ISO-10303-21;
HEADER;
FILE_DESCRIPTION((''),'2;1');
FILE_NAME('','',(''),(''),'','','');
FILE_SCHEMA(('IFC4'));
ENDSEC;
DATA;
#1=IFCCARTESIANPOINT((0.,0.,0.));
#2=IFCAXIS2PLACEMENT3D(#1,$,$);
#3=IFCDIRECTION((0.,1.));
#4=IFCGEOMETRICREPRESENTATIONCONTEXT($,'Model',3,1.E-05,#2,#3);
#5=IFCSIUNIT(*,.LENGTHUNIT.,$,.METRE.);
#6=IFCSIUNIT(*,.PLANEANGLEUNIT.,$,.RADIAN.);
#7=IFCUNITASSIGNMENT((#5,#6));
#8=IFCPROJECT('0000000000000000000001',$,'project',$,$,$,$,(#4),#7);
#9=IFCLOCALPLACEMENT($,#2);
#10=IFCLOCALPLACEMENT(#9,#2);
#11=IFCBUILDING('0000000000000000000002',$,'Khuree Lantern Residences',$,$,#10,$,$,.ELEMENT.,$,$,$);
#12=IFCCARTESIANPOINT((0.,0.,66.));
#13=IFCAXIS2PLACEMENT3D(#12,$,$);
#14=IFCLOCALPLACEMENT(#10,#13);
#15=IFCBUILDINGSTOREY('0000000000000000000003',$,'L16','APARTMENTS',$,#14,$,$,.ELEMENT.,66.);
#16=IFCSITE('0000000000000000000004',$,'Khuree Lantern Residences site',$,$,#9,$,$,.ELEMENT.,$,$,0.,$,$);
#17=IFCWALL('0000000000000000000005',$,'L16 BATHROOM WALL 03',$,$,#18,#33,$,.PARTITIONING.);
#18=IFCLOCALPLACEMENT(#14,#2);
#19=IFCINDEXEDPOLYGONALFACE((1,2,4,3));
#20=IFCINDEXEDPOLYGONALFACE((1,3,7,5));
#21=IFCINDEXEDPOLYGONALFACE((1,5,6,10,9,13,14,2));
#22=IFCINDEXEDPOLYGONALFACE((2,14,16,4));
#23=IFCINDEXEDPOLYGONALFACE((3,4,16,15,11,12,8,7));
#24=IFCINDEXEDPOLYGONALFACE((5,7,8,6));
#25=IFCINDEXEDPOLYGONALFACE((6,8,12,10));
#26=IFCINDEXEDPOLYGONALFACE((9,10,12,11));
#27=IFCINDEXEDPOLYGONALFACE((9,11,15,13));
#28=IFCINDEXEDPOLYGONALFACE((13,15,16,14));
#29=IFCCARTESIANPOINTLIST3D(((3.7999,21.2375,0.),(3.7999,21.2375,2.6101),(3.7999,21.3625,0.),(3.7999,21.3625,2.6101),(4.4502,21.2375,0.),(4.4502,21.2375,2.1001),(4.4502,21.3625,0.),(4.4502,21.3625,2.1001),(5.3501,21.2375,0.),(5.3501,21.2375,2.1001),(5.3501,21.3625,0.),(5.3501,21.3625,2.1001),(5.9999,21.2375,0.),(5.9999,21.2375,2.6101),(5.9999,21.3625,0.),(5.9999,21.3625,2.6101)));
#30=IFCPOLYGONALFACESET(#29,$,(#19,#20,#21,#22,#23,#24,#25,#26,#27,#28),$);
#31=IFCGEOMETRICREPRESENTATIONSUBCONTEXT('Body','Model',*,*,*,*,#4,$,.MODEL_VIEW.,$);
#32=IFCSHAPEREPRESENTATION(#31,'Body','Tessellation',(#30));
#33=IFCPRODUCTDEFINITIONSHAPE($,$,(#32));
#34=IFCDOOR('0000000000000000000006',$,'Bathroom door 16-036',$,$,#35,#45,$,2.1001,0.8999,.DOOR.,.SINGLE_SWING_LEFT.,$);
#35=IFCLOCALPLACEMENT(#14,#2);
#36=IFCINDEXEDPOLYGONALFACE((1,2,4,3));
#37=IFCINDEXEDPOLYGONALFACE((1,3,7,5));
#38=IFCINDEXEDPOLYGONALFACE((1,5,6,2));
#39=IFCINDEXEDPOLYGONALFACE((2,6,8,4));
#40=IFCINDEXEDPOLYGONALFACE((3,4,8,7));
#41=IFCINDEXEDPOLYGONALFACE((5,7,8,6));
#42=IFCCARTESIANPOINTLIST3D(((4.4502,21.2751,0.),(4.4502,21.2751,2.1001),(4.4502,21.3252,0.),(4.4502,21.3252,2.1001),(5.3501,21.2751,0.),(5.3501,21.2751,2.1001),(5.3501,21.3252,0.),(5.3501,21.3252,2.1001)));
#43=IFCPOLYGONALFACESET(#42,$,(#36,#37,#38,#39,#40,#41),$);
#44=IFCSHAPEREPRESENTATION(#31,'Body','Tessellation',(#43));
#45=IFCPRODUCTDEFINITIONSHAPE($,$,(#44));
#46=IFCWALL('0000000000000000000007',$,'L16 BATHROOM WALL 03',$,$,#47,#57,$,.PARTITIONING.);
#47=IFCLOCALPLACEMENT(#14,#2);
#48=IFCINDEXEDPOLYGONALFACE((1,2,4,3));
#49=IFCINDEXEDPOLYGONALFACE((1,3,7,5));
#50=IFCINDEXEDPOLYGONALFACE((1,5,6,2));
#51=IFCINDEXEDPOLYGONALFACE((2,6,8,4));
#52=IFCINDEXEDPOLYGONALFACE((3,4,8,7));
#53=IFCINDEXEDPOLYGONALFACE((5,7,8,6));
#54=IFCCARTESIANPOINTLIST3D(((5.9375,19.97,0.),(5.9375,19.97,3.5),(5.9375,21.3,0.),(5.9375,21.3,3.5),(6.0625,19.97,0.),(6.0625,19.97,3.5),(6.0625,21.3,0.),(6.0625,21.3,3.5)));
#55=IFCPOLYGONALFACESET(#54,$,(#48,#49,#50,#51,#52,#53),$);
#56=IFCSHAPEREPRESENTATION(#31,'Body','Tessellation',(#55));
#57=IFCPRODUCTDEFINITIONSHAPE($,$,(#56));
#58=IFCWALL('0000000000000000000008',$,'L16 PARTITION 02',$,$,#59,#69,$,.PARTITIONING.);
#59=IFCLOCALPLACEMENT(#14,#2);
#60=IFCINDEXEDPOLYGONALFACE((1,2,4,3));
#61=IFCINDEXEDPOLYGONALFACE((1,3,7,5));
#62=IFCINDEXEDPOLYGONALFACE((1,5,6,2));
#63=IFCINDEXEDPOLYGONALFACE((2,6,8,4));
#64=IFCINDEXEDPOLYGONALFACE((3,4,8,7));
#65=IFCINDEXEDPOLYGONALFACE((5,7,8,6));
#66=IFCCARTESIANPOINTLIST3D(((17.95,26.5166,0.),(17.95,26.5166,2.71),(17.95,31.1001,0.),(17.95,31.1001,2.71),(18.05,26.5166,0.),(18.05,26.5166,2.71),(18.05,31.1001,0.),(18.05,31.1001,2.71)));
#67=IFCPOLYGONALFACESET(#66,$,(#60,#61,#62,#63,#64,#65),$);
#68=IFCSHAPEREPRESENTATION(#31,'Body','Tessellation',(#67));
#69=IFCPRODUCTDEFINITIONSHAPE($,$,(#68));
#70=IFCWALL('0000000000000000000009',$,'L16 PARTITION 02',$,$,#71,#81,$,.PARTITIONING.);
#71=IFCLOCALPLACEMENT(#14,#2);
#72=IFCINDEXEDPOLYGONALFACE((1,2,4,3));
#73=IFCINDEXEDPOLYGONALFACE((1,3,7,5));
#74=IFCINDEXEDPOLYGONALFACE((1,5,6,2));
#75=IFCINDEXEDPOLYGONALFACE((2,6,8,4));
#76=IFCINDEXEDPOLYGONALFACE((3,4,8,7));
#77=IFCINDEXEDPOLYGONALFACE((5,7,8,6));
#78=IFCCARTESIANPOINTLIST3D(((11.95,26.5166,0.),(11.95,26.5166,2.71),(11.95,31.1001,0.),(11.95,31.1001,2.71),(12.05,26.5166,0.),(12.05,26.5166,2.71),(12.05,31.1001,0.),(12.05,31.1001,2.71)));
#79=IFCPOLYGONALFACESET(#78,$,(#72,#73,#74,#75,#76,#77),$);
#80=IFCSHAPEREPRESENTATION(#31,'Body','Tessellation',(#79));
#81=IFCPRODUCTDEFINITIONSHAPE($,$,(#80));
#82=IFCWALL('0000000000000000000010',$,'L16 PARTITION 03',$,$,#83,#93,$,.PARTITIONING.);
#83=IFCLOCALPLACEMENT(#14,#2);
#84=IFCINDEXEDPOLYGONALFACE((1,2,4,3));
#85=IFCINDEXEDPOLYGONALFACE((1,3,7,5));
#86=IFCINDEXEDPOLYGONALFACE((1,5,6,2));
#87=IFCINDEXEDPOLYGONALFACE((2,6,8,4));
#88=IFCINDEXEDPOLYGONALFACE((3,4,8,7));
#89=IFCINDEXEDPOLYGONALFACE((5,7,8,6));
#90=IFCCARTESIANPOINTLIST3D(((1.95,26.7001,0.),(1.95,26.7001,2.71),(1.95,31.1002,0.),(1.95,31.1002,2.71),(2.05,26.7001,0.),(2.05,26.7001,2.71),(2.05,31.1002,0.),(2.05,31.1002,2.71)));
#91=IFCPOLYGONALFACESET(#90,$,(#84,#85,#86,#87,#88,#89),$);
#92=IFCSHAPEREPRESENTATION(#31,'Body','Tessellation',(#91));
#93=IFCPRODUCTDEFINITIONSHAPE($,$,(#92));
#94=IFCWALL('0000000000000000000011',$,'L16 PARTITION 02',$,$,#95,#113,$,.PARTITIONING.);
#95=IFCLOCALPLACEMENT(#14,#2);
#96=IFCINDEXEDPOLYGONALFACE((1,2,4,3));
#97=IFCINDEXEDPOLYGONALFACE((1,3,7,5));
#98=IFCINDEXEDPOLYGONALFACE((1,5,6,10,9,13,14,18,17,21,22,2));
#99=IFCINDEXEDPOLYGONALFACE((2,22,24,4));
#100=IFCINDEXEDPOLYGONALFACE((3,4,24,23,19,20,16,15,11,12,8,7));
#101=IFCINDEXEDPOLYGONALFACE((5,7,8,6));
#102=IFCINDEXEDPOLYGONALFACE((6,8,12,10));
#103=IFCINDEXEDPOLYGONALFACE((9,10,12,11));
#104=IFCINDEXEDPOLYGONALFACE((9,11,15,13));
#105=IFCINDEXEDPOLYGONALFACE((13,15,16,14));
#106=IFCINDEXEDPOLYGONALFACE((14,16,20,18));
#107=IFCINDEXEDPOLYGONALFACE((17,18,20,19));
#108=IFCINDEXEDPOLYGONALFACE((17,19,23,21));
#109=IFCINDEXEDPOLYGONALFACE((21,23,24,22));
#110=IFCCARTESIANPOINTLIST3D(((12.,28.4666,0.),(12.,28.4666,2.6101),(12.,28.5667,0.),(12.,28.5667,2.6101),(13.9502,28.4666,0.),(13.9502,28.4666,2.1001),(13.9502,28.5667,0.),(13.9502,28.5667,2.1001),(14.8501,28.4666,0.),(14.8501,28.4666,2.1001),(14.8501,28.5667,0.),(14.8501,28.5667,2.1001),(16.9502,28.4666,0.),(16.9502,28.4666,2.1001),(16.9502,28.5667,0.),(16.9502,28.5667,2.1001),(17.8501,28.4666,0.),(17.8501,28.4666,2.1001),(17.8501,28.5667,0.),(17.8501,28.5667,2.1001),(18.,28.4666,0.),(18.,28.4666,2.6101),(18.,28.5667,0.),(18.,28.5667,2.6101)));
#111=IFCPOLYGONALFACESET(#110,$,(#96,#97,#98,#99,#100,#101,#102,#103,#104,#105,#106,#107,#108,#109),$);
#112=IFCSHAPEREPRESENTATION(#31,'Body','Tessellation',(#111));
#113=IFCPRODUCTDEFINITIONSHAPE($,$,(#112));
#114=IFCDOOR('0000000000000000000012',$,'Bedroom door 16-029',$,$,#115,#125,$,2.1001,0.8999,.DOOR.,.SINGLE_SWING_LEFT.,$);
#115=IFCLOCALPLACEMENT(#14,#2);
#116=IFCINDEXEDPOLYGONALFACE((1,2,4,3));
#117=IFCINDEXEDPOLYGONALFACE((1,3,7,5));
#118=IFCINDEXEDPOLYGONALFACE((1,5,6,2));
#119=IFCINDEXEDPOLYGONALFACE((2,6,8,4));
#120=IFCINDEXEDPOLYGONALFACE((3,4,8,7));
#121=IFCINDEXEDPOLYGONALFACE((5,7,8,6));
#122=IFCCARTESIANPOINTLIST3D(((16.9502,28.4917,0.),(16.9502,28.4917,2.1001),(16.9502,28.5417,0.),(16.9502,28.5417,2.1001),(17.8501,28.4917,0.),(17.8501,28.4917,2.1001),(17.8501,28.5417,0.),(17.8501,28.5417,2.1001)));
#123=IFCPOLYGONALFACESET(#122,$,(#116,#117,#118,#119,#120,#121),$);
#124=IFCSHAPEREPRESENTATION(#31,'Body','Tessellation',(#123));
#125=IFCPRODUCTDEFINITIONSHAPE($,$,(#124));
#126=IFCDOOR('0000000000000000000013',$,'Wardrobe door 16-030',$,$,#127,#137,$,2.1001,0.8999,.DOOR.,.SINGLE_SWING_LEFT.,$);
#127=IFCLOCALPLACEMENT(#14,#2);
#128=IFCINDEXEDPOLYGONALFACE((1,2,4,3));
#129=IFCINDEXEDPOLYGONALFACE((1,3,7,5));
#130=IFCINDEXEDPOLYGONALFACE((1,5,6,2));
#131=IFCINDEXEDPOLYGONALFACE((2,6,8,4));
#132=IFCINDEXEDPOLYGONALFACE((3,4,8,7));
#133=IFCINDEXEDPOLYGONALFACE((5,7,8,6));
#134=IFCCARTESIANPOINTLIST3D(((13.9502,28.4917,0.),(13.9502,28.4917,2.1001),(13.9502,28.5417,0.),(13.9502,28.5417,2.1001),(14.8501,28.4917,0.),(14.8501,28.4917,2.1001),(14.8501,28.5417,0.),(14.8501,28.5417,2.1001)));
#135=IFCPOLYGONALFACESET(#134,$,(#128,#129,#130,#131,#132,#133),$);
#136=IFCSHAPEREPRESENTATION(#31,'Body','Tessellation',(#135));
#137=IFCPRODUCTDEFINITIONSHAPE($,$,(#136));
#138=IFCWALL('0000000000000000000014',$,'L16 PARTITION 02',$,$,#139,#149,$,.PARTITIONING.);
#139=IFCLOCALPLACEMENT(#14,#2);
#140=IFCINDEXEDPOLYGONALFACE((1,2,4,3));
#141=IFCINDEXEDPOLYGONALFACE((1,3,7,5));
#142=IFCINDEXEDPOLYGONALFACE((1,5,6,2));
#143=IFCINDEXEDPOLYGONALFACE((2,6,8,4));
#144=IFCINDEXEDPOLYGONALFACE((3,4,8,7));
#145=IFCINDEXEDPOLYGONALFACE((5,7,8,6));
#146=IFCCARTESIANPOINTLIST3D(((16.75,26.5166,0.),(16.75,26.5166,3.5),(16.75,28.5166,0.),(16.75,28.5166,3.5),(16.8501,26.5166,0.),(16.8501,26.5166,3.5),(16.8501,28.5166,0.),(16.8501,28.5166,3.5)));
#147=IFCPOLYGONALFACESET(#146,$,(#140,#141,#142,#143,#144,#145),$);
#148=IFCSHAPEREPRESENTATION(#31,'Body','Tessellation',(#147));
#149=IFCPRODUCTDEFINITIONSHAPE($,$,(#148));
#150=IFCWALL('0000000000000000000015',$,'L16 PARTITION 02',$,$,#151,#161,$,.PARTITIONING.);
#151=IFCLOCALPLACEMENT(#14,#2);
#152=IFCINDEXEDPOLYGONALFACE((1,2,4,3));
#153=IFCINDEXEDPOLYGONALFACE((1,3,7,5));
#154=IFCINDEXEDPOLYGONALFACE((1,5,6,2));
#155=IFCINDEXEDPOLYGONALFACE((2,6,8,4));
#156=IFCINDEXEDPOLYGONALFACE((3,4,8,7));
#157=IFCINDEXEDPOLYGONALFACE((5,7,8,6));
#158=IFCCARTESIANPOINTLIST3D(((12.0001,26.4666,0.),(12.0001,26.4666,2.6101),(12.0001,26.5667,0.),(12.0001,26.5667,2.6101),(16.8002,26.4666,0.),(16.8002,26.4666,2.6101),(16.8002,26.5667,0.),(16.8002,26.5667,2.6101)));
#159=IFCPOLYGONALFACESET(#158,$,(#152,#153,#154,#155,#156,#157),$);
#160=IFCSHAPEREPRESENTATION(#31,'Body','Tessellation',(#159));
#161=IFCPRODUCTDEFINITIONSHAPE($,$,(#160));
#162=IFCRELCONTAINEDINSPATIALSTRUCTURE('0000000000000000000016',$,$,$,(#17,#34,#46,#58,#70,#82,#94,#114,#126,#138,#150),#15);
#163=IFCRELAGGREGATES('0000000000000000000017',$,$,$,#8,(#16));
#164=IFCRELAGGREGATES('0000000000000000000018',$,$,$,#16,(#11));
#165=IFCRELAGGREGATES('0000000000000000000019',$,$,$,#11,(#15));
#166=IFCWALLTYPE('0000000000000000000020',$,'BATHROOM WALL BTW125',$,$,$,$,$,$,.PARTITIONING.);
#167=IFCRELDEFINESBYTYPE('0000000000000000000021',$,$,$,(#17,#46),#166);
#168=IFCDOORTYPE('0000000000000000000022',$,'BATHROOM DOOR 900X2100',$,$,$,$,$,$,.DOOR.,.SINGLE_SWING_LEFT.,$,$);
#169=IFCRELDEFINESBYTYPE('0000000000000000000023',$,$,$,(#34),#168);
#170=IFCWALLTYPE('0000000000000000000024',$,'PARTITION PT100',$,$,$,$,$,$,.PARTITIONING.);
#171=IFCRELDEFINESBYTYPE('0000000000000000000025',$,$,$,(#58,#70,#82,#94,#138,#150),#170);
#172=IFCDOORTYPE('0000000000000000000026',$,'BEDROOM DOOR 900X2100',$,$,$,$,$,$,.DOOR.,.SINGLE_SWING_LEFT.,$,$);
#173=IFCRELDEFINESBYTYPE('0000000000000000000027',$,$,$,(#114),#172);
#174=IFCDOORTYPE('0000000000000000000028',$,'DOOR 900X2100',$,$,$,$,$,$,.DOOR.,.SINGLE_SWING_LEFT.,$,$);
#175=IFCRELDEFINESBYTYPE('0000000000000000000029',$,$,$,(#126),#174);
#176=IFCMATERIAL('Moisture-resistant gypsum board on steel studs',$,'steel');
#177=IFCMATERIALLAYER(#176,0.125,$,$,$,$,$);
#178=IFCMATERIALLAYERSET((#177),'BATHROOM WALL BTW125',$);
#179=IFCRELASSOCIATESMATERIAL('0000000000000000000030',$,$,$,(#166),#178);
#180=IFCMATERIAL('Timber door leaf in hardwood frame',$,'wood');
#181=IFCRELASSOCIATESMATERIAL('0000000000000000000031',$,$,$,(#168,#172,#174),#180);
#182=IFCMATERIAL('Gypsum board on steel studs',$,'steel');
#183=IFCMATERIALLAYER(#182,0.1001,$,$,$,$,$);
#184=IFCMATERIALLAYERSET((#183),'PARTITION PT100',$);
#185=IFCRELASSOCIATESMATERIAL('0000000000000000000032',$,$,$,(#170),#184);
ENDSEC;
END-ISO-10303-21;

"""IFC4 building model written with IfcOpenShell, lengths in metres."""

from ifc_helpers import new_model, si_unit, direction, frame, frame_2d, origin, place, context, subcontext, project, spatial, rectangle, extrude, material, layer, layer_set, type_object, element, fill, save


model = new_model("IFC4")

# Units and contexts
model_context = context("Model", 3, precision=1e-05, world=origin(), true_north=direction((0.0, 1.0)))
body_context = subcontext(model_context, "Body", "Model", "MODEL_VIEW")
ifc_project = project(units=[si_unit("LENGTHUNIT", "METRE"), si_unit("PLANEANGLEUNIT", "RADIAN")], contexts=[model_context])

# Site, building, storey
site_placement = place(None, origin())
site = spatial("IfcSite", under=ifc_project, at=site_placement, Name="Khuree Lantern Residences site", CompositionType="ELEMENT", RefElevation=0.0)
building_placement = place(site_placement, origin())
building = spatial("IfcBuilding", under=site, at=building_placement, Name="Khuree Lantern Residences", CompositionType="ELEMENT")
storey_placement = place(building_placement, frame((0.0, 0.0, 66.0)))
storey = spatial("IfcBuildingStorey", under=building, at=storey_placement, Name="L16", Description="APARTMENTS", CompositionType="ELEMENT", Elevation=66.0)

# Wall, opening, door
ifc_material_1 = material(Name="Moisture-resistant gypsum board on steel studs", Category="steel")
ifc_layer_1 = layer(ifc_material_1, 0.125)
ifc_layer_set_1 = layer_set([ifc_layer_1], Name="BATHROOM WALL BTW125")
wall_type_1 = type_object("IfcWallType", Name="BATHROOM WALL BTW125", PredefinedType="PARTITIONING", material=ifc_layer_set_1)
wall_1_placement = place(storey_placement, frame((6.0, 21.3, 0.0), z_axis=(0.0, 0.0, 1.0), x_axis=(-1.0, 0.0, 0.0)))
wall_1 = element("IfcWall", 1, at=wall_1_placement, inside=storey, type_object=wall_type_1, Name="L16 BATHROOM WALL 03", PredefinedType="PARTITIONING", context=body_context, shape_type="SweptSolid", body=[
    extrude(rectangle(XDim=2.2, YDim=0.125, at=frame_2d((1.1001, 0.0))), origin(), (0.0, 0.0, 1.0), 2.6101),
])
opening_1_placement = place(wall_1_placement, frame((0.6499, 0.0, 0.0)))
opening_1 = element("IfcOpeningElement", 2, at=opening_1_placement, cuts=wall_1, PredefinedType="OPENING", context=body_context, shape_type="SweptSolid", body=[
    extrude(rectangle(XDim=0.8999, YDim=2.1001, at=frame_2d((0.45, 1.05))), frame((0.0, 0.0725, 0.0), z_axis=(0.0, -1.0, 0.0), x_axis=(1.0, 0.0, 0.0)), (0.0, 0.0, 1.0), 0.145),
])
ifc_material_2 = material(Name="Timber door leaf in hardwood frame", Category="wood")
door_type_1 = type_object("IfcDoorType", Name="BATHROOM DOOR 900X2100", OperationType="SINGLE_SWING_LEFT", PredefinedType="DOOR", material=ifc_material_2)
door_1_placement = place(opening_1_placement, origin())
door_1 = element("IfcDoor", 3, at=door_1_placement, inside=storey, type_object=door_type_1, Name="Bathroom door 16-036", OperationType="SINGLE_SWING_LEFT", OverallHeight=2.1001, OverallWidth=0.8999, PredefinedType="DOOR", context=body_context, shape_type="SweptSolid", body=[
    extrude(rectangle(XDim=0.8999, YDim=2.1001, at=frame_2d((0.45, 1.05))), frame((0.0, 0.0249, 0.0), z_axis=(0.0, -1.0, 0.0), x_axis=(1.0, 0.0, 0.0)), (0.0, 0.0, 1.0), 0.05),
])
fill(opening_1, door_1)

# Walls
wall_2_placement = place(storey_placement, frame((6.0, 19.97, 0.0), z_axis=(0.0, 0.0, 1.0), x_axis=(0.0, 1.0, 0.0)))
element("IfcWall", 4, at=wall_2_placement, inside=storey, type_object=wall_type_1, Name="L16 BATHROOM WALL 03", PredefinedType="PARTITIONING", context=body_context, shape_type="SweptSolid", body=[
    extrude(rectangle(XDim=1.3301, YDim=0.125, at=frame_2d((0.665, 0.0))), origin(), (0.0, 0.0, 1.0), 3.5),
])
ifc_material_3 = material(Name="Gypsum board on steel studs", Category="steel")
ifc_layer_2 = layer(ifc_material_3, 0.1001)
ifc_layer_set_2 = layer_set([ifc_layer_2], Name="PARTITION PT100")
wall_type_2 = type_object("IfcWallType", Name="PARTITION PT100", PredefinedType="PARTITIONING", material=ifc_layer_set_2)
for number, where, z_axis, x_axis, name in (
    (5, (18.0, 26.5166, 0.0), (0.0, 0.0, 1.0), (0.0, 1.0, 0.0), "L16 PARTITION 02"),
    (6, (12.0, 26.5166, 0.0), (0.0, 0.0, 1.0), (0.0, 1.0, 0.0), "L16 PARTITION 02"),
):
    element("IfcWall", number, at=place(storey_placement, frame(where, z_axis=z_axis, x_axis=x_axis)), inside=storey, type_object=wall_type_2, Name=name, PredefinedType="PARTITIONING", context=body_context, shape_type="SweptSolid", body=[
        extrude(rectangle(XDim=4.5835, YDim=0.1001, at=frame_2d((2.2917, 0.0))), origin(), (0.0, 0.0, 1.0), 2.71),
    ])
wall_3_placement = place(storey_placement, frame((2.0, 26.7, 0.0), z_axis=(0.0, 0.0, 1.0), x_axis=(0.0, 1.0, 0.0)))
element("IfcWall", 7, at=wall_3_placement, inside=storey, type_object=wall_type_2, Name="L16 PARTITION 03", PredefinedType="PARTITIONING", context=body_context, shape_type="SweptSolid", body=[
    extrude(rectangle(XDim=4.4001, YDim=0.1001, at=frame_2d((2.2002, 0.0))), origin(), (0.0, 0.0, 1.0), 2.71),
])

# Wall, openings, doors
wall_4_placement = place(storey_placement, frame((18.0, 28.5166, 0.0), z_axis=(0.0, 0.0, 1.0), x_axis=(-1.0, 0.0, 0.0)))
wall_4 = element("IfcWall", 8, at=wall_4_placement, inside=storey, type_object=wall_type_2, Name="L16 PARTITION 02", PredefinedType="PARTITIONING", context=body_context, shape_type="SweptSolid", body=[
    extrude(rectangle(XDim=6.0, YDim=0.1001, at=frame_2d((3.0, 0.0))), origin(), (0.0, 0.0, 1.0), 2.6101),
])
opening_2_placement = place(wall_4_placement, frame((0.1499, 0.0, 0.0)))
opening_2 = element("IfcOpeningElement", 9, at=opening_2_placement, cuts=wall_4, PredefinedType="OPENING", context=body_context, shape_type="SweptSolid", body=[
    extrude(rectangle(XDim=0.8999, YDim=2.1001, at=frame_2d((0.45, 1.05))), frame((0.0, 0.0601, 0.0), z_axis=(0.0, -1.0, 0.0), x_axis=(1.0, 0.0, 0.0)), (0.0, 0.0, 1.0), 0.1201),
])
opening_3_placement = place(wall_4_placement, frame((3.1499, 0.0, 0.0)))
opening_3 = element("IfcOpeningElement", 10, at=opening_3_placement, cuts=wall_4, PredefinedType="OPENING", context=body_context, shape_type="SweptSolid", body=[
    extrude(rectangle(XDim=0.8999, YDim=2.1001, at=frame_2d((0.45, 1.05))), frame((0.0, 0.0601, 0.0), z_axis=(0.0, -1.0, 0.0), x_axis=(1.0, 0.0, 0.0)), (0.0, 0.0, 1.0), 0.1201),
])
door_type_2 = type_object("IfcDoorType", Name="BEDROOM DOOR 900X2100", OperationType="SINGLE_SWING_LEFT", PredefinedType="DOOR", material=ifc_material_2)
door_2_placement = place(opening_2_placement, origin())
door_2 = element("IfcDoor", 11, at=door_2_placement, inside=storey, type_object=door_type_2, Name="Bedroom door 16-029", OperationType="SINGLE_SWING_LEFT", OverallHeight=2.1001, OverallWidth=0.8999, PredefinedType="DOOR", context=body_context, shape_type="SweptSolid", body=[
    extrude(rectangle(XDim=0.8999, YDim=2.1001, at=frame_2d((0.45, 1.05))), frame((0.0, 0.0249, 0.0), z_axis=(0.0, -1.0, 0.0), x_axis=(1.0, 0.0, 0.0)), (0.0, 0.0, 1.0), 0.05),
])
fill(opening_2, door_2)
door_type_3 = type_object("IfcDoorType", Name="DOOR 900X2100", OperationType="SINGLE_SWING_LEFT", PredefinedType="DOOR", material=ifc_material_2)
door_3_placement = place(opening_3_placement, origin())
door_3 = element("IfcDoor", 12, at=door_3_placement, inside=storey, type_object=door_type_3, Name="Wardrobe door 16-030", OperationType="SINGLE_SWING_LEFT", OverallHeight=2.1001, OverallWidth=0.8999, PredefinedType="DOOR", context=body_context, shape_type="SweptSolid", body=[
    extrude(rectangle(XDim=0.8999, YDim=2.1001, at=frame_2d((0.45, 1.05))), frame((0.0, 0.0249, 0.0), z_axis=(0.0, -1.0, 0.0), x_axis=(1.0, 0.0, 0.0)), (0.0, 0.0, 1.0), 0.05),
])
fill(opening_3, door_3)

# Walls
wall_5_placement = place(storey_placement, frame((16.8, 26.5166, 0.0), z_axis=(0.0, 0.0, 1.0), x_axis=(0.0, 1.0, 0.0)))
element("IfcWall", 13, at=wall_5_placement, inside=storey, type_object=wall_type_2, Name="L16 PARTITION 02", PredefinedType="PARTITIONING", context=body_context, shape_type="SweptSolid", body=[
    extrude(rectangle(XDim=2.0, YDim=0.1001, at=frame_2d((1.0, 0.0))), origin(), (0.0, 0.0, 1.0), 3.5),
])
wall_6_placement = place(storey_placement, frame((16.8, 26.5166, 0.0), z_axis=(0.0, 0.0, 1.0), x_axis=(-1.0, 0.0, 0.0)))
element("IfcWall", 14, at=wall_6_placement, inside=storey, type_object=wall_type_2, Name="L16 PARTITION 02", PredefinedType="PARTITIONING", context=body_context, shape_type="SweptSolid", body=[
    extrude(rectangle(XDim=4.8, YDim=0.1001, at=frame_2d((2.3999, 0.0))), origin(), (0.0, 0.0, 1.0), 2.6101),
])

save(model, "model.ifc")
